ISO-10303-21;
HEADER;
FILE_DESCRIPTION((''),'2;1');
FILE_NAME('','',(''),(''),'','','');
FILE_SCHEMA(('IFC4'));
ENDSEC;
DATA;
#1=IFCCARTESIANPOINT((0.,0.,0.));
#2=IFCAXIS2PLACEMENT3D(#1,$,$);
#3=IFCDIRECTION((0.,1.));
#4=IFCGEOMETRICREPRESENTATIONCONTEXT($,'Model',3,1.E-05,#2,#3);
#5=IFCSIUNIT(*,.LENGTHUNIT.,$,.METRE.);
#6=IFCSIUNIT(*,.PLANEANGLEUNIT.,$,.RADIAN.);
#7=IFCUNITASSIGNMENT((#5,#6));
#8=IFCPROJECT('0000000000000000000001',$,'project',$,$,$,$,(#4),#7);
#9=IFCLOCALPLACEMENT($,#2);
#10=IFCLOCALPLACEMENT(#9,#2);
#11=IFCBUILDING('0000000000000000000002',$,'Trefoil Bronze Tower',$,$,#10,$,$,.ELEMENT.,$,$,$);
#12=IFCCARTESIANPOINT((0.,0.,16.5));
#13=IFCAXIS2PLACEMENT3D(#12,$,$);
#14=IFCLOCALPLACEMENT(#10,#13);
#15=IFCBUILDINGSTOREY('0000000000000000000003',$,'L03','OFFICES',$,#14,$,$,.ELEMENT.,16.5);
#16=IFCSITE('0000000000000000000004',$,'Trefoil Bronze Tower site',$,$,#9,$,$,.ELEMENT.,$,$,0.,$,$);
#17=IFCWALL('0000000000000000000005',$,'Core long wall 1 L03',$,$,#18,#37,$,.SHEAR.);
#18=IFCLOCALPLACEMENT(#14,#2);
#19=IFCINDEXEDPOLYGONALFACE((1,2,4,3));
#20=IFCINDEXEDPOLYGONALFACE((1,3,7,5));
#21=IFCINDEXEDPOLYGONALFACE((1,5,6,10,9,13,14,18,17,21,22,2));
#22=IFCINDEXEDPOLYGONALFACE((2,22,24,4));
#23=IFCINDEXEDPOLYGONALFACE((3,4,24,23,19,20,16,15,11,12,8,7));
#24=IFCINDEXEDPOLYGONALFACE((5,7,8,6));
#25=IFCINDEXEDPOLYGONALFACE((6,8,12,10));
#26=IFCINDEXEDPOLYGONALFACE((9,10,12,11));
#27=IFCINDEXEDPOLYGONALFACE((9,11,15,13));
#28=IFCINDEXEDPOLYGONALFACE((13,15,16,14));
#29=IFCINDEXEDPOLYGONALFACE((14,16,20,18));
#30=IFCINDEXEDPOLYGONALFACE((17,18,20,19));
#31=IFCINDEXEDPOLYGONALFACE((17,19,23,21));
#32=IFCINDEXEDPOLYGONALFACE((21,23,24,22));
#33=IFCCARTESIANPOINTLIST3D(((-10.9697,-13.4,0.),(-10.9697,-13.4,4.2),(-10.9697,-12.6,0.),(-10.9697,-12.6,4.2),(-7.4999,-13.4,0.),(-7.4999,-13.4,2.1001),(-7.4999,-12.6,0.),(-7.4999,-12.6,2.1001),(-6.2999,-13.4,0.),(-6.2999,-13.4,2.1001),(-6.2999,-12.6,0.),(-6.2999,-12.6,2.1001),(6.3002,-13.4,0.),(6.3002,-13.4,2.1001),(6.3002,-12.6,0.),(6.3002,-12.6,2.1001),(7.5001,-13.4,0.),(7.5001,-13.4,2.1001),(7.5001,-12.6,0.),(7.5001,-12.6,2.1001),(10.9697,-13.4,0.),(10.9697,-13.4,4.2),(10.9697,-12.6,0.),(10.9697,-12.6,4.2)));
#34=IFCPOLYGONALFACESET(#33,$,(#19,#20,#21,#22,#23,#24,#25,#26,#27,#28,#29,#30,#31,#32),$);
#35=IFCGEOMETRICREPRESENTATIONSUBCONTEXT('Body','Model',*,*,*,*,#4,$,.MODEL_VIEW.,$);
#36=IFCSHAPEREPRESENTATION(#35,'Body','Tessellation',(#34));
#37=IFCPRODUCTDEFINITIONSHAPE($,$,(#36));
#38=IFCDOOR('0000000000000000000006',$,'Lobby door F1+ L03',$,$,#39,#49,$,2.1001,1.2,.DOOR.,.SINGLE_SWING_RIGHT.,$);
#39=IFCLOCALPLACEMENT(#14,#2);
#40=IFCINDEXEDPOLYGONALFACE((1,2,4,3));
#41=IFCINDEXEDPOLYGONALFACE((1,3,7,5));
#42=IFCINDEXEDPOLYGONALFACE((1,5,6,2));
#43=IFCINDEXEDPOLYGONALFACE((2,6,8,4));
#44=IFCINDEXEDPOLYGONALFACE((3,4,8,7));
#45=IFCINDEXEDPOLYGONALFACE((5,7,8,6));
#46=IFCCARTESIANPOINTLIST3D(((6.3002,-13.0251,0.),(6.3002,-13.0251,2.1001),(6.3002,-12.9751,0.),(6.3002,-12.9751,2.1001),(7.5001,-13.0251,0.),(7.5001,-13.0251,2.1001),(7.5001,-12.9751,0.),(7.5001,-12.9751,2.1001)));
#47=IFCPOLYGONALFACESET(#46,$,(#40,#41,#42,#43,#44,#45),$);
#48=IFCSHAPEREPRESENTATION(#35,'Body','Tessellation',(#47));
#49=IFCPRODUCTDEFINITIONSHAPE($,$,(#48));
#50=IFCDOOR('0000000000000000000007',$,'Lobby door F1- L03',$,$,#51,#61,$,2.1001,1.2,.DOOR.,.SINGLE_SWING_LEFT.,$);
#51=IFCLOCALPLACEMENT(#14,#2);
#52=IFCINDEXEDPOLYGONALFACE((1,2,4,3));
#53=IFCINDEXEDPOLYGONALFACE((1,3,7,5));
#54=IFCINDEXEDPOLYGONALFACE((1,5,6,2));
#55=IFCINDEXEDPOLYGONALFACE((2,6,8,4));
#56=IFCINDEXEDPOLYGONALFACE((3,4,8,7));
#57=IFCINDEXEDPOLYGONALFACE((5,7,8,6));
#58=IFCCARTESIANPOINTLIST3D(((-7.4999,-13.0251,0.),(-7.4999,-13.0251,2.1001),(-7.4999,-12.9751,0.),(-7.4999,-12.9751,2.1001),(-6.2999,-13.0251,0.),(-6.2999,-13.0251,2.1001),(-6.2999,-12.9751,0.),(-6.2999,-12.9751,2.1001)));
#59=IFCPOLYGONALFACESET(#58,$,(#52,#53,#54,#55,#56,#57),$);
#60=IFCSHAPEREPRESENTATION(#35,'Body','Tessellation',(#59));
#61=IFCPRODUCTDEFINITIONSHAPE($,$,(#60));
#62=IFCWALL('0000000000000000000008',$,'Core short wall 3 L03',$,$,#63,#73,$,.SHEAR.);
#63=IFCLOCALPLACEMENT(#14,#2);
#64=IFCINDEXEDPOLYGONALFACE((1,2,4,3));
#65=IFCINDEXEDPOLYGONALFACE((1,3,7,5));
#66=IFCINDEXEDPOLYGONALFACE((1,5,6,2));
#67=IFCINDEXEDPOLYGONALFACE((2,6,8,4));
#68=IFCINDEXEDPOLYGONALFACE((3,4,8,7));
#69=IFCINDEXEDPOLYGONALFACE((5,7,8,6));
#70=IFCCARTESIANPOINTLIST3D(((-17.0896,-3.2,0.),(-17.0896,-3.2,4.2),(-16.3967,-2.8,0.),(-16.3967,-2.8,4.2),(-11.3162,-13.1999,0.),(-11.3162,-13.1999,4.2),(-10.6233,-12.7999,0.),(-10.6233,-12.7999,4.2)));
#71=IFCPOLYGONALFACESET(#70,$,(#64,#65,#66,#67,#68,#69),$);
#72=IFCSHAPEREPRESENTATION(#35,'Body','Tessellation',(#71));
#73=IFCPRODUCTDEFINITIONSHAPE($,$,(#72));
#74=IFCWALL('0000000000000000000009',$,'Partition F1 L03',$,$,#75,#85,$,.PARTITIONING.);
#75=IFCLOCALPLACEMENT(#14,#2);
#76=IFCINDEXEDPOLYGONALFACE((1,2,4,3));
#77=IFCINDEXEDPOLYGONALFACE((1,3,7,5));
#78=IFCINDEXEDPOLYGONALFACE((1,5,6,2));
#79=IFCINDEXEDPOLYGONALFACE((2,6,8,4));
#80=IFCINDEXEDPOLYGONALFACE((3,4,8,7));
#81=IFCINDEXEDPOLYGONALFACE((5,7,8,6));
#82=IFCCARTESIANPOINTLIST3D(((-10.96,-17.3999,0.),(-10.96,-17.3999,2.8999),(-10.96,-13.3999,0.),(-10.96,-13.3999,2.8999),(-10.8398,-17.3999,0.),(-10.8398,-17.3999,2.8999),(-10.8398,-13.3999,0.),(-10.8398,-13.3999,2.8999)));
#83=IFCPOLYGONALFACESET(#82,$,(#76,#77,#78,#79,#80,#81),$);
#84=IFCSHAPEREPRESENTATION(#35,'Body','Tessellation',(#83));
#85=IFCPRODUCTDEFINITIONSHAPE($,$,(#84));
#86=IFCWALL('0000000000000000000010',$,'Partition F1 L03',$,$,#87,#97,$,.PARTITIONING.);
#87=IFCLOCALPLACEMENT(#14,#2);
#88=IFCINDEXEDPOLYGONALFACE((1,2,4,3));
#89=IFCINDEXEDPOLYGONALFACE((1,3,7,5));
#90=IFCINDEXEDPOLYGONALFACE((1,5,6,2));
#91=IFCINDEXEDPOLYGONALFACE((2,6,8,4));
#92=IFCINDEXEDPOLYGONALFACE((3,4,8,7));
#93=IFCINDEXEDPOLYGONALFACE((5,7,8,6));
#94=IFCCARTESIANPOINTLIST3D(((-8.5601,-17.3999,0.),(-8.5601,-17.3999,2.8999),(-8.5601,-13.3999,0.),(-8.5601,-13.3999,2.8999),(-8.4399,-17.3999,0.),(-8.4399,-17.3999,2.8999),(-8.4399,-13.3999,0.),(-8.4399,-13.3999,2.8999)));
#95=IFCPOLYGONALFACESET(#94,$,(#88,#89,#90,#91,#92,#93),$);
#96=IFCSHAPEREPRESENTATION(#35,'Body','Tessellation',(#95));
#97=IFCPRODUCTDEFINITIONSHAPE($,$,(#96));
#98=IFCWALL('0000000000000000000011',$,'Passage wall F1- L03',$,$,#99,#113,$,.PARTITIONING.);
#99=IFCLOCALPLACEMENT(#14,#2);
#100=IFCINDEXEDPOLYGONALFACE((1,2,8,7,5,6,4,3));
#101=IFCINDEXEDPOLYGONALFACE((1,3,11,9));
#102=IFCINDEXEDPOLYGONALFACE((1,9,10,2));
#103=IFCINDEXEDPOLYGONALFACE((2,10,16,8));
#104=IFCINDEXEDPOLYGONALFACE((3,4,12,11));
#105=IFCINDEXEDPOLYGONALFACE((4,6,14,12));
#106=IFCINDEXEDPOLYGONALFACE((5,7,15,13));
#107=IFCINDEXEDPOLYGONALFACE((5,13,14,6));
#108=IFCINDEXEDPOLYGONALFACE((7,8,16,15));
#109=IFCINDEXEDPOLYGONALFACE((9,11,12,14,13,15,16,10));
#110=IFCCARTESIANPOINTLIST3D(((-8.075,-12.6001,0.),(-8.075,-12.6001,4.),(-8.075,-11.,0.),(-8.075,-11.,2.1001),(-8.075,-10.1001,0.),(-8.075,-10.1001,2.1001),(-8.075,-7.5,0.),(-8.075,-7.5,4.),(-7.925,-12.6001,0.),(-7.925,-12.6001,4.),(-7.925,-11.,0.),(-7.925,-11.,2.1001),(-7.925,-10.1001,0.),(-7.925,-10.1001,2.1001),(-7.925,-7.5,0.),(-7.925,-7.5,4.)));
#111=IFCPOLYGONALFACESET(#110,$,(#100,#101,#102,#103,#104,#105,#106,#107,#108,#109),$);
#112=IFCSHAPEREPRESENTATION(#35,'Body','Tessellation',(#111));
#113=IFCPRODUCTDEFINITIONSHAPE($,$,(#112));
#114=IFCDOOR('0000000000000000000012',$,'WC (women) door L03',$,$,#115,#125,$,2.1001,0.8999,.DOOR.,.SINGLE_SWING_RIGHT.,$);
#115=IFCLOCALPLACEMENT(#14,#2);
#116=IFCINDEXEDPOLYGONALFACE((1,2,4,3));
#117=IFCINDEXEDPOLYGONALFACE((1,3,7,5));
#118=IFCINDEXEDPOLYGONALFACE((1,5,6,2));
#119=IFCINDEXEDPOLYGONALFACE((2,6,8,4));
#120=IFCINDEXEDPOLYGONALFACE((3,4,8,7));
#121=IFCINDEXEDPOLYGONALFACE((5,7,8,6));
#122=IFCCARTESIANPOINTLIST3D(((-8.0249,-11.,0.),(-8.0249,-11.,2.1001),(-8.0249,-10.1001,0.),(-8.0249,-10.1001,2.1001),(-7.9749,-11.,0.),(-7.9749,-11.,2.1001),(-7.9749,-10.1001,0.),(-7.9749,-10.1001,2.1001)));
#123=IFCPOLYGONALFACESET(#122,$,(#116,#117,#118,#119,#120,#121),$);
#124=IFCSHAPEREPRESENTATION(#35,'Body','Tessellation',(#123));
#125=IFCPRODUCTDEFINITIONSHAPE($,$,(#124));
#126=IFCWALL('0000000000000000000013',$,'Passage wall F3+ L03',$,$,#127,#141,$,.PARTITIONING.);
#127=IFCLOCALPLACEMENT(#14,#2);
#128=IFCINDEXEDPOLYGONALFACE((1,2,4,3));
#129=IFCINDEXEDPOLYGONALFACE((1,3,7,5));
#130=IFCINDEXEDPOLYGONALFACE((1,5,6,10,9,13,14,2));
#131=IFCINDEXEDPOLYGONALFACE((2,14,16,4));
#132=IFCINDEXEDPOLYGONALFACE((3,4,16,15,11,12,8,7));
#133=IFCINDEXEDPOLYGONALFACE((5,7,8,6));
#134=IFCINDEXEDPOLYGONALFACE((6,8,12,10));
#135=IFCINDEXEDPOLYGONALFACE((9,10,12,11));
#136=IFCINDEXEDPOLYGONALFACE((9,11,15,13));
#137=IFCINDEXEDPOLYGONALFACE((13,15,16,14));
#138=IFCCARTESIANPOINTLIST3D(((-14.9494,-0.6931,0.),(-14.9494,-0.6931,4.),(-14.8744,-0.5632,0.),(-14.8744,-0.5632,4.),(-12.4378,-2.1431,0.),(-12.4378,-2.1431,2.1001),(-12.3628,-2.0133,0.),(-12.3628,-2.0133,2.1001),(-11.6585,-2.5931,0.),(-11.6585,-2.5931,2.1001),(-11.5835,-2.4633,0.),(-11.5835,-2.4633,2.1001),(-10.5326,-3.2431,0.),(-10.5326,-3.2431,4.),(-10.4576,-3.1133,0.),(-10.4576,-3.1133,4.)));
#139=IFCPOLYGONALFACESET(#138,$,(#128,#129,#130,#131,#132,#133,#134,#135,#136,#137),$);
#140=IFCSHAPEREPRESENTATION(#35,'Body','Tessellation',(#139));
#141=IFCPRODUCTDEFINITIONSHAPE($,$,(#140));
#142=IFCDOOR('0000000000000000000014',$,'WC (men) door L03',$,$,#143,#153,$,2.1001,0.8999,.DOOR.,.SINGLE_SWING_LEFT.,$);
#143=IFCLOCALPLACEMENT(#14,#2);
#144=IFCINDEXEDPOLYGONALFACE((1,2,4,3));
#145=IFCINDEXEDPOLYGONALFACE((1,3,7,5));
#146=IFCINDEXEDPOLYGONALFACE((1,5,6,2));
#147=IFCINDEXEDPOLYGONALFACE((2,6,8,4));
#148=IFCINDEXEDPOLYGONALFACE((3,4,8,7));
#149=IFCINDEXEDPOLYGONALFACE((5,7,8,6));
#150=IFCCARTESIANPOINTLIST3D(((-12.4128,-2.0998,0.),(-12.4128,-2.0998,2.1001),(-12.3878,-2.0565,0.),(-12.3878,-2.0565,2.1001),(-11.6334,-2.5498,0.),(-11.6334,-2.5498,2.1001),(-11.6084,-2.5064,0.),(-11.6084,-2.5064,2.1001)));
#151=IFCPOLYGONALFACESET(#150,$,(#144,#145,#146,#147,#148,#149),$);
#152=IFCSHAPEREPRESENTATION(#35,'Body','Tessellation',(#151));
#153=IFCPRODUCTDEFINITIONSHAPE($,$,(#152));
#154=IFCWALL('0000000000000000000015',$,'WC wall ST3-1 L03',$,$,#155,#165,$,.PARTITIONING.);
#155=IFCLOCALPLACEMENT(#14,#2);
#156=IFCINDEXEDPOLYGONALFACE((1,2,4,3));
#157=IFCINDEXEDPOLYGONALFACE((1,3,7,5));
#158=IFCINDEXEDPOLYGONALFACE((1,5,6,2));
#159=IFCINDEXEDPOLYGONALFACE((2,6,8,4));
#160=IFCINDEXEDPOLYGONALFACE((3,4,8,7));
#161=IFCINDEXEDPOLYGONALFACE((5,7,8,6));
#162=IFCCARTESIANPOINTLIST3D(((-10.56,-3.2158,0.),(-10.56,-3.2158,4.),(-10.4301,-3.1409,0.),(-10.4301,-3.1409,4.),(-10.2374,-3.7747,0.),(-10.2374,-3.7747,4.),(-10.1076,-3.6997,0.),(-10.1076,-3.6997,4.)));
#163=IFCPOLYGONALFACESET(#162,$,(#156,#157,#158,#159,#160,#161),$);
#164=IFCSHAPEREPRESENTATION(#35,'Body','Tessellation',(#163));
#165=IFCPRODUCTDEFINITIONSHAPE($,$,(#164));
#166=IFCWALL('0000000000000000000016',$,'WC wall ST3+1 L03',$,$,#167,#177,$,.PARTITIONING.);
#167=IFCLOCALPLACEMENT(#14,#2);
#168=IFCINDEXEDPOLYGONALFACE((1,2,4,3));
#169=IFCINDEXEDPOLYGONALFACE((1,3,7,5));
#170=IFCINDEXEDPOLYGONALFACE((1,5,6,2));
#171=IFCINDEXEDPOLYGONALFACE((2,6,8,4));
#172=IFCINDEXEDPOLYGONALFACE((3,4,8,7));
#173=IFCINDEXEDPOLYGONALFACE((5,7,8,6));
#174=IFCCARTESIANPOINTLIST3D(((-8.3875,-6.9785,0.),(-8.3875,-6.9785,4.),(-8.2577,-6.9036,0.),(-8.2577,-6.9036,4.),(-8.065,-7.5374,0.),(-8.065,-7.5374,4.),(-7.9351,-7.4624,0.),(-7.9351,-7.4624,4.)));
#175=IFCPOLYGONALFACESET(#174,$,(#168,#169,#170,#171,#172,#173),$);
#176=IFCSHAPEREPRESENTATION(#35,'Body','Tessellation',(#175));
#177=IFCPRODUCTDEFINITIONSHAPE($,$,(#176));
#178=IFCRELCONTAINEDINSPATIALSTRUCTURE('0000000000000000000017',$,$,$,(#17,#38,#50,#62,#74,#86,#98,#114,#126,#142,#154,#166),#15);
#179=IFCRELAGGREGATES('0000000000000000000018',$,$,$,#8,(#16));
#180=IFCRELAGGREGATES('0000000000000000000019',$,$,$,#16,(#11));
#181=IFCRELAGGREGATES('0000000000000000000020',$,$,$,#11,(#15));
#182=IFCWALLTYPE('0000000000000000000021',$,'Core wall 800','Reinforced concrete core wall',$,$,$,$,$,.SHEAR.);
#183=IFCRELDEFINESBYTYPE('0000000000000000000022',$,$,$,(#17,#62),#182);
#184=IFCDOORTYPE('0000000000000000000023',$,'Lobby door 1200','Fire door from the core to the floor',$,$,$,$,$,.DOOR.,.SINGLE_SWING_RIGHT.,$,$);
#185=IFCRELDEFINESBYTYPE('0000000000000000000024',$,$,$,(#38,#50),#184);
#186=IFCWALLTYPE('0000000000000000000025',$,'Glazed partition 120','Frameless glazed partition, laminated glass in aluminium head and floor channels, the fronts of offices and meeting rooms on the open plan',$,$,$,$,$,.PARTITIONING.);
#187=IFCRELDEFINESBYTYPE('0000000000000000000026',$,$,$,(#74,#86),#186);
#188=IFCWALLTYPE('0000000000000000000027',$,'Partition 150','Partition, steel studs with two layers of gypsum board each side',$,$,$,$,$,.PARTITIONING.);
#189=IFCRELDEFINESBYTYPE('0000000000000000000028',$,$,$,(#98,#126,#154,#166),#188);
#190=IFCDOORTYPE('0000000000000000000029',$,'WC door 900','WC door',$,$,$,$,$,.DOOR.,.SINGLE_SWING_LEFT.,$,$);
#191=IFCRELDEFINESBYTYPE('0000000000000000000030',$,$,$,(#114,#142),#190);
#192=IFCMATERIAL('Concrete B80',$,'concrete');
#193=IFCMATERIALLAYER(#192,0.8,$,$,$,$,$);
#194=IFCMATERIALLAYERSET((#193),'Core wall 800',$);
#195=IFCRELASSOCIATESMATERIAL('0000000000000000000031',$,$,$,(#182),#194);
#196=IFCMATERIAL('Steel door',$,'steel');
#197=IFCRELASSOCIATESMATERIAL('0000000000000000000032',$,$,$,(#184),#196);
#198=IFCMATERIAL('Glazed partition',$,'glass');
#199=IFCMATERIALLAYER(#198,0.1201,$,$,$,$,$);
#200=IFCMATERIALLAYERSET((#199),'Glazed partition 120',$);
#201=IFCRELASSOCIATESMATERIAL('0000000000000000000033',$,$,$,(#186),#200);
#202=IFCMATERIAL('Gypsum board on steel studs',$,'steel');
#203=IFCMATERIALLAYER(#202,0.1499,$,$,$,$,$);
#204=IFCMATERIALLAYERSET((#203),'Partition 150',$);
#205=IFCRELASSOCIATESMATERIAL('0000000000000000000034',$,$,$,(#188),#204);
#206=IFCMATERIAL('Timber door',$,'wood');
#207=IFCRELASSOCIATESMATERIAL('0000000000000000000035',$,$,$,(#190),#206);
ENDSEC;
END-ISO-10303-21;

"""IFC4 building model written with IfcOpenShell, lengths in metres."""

from ifc_helpers import new_model, si_unit, direction, frame, frame_2d, origin, place, context, subcontext, project, spatial, rectangle, extrude, material, layer, layer_set, type_object, element, fill, save


model = new_model("IFC4")

# Units and contexts
model_context = context("Model", 3, precision=1e-05, world=origin(), true_north=direction((0.0, 1.0)))
body_context = subcontext(model_context, "Body", "Model", "MODEL_VIEW")
ifc_project = project(units=[si_unit("LENGTHUNIT", "METRE"), si_unit("PLANEANGLEUNIT", "RADIAN")], contexts=[model_context])

# Site, building, storey
site_placement = place(None, origin())
site = spatial("IfcSite", under=ifc_project, at=site_placement, Name="Trefoil Bronze Tower site", CompositionType="ELEMENT", RefElevation=0.0)
building_placement = place(site_placement, origin())
building = spatial("IfcBuilding", under=site, at=building_placement, Name="Trefoil Bronze Tower", CompositionType="ELEMENT")
storey_placement = place(building_placement, frame((0.0, 0.0, 16.5)))
storey = spatial("IfcBuildingStorey", under=building, at=storey_placement, Name="L03", Description="OFFICES", CompositionType="ELEMENT", Elevation=16.5)

# Wall, openings, doors
ifc_material_1 = material(Name="Concrete B80", Category="concrete")
ifc_layer_1 = layer(ifc_material_1, 0.8)
ifc_layer_set_1 = layer_set([ifc_layer_1], Name="Core wall 800")
wall_type_1 = type_object("IfcWallType", Name="Core wall 800", Description="Reinforced concrete core wall", PredefinedType="SHEAR", material=ifc_layer_set_1)
wall_1_placement = place(storey_placement, frame((-10.9697, -13.0, 0.0), z_axis=(0.0, 0.0, 1.0), x_axis=(1.0, 0.0, 0.0)))
wall_1 = element("IfcWall", 1, at=wall_1_placement, inside=storey, type_object=wall_type_1, Name="Core long wall 1 L03", PredefinedType="SHEAR", context=body_context, shape_type="SweptSolid", body=[
    extrude(rectangle(XDim=21.9395, YDim=0.8, at=frame_2d((10.9697, 0.0))), origin(), (0.0, 0.0, 1.0), 4.2),
])
opening_1_placement = place(wall_1_placement, frame((17.2698, 0.0, 0.0)))
opening_1 = element("IfcOpeningElement", 2, at=opening_1_placement, cuts=wall_1, PredefinedType="OPENING", context=body_context, shape_type="SweptSolid", body=[
    extrude(rectangle(XDim=1.2, YDim=2.1001, at=frame_2d((0.6001, 1.05))), frame((0.0, 0.4099, 0.0), z_axis=(0.0, -1.0, 0.0), x_axis=(1.0, 0.0, 0.0)), (0.0, 0.0, 1.0), 0.8201),
])
opening_2_placement = place(wall_1_placement, frame((3.4697, 0.0, 0.0)))
opening_2 = element("IfcOpeningElement", 3, at=opening_2_placement, cuts=wall_1, PredefinedType="OPENING", context=body_context, shape_type="SweptSolid", body=[
    extrude(rectangle(XDim=1.2, YDim=2.1001, at=frame_2d((0.6001, 1.05))), frame((0.0, 0.4099, 0.0), z_axis=(0.0, -1.0, 0.0), x_axis=(1.0, 0.0, 0.0)), (0.0, 0.0, 1.0), 0.8201),
])
ifc_material_2 = material(Name="Steel door", Category="steel")
door_type_1 = type_object("IfcDoorType", Name="Lobby door 1200", Description="Fire door from the core to the floor", OperationType="SINGLE_SWING_RIGHT", PredefinedType="DOOR", material=ifc_material_2)
door_1_placement = place(opening_1_placement, origin())
door_1 = element("IfcDoor", 4, at=door_1_placement, inside=storey, type_object=door_type_1, Name="Lobby door F1+ L03", OperationType="SINGLE_SWING_RIGHT", OverallHeight=2.1001, OverallWidth=1.2, PredefinedType="DOOR", context=body_context, shape_type="SweptSolid", body=[
    extrude(rectangle(XDim=1.2, YDim=2.1001, at=frame_2d((0.6001, 1.05))), frame((0.0, 0.0249, 0.0), z_axis=(0.0, -1.0, 0.0), x_axis=(1.0, 0.0, 0.0)), (0.0, 0.0, 1.0), 0.05),
])
fill(opening_1, door_1)
door_2_placement = place(opening_2_placement, origin())
door_2 = element("IfcDoor", 5, at=door_2_placement, inside=storey, type_object=door_type_1, Name="Lobby door F1- L03", OperationType="SINGLE_SWING_LEFT", OverallHeight=2.1001, OverallWidth=1.2, PredefinedType="DOOR", context=body_context, shape_type="SweptSolid", body=[
    extrude(rectangle(XDim=1.2, YDim=2.1001, at=frame_2d((0.6001, 1.05))), frame((0.0, 0.0249, 0.0), z_axis=(0.0, -1.0, 0.0), x_axis=(1.0, 0.0, 0.0)), (0.0, 0.0, 1.0), 0.05),
])
fill(opening_2, door_2)

# Walls
wall_2_placement = place(storey_placement, frame((-16.7432, -3.0, 0.0), z_axis=(0.0, 0.0, 1.0), x_axis=(0.499996, -0.866028, 0.0)))
element("IfcWall", 6, at=wall_2_placement, inside=storey, type_object=wall_type_1, Name="Core short wall 3 L03", PredefinedType="SHEAR", context=body_context, shape_type="SweptSolid", body=[
    extrude(rectangle(XDim=11.5469, YDim=0.8, at=frame_2d((5.7734, 0.0))), origin(), (0.0, 0.0, 1.0), 4.2),
])
ifc_material_3 = material(Name="Glazed partition", Category="glass")
ifc_layer_2 = layer(ifc_material_3, 0.1201)
ifc_layer_set_2 = layer_set([ifc_layer_2], Name="Glazed partition 120")
wall_type_2 = type_object("IfcWallType", Name="Glazed partition 120", Description="Frameless glazed partition, laminated glass in aluminium head and floor channels, the fronts of offices and meeting rooms on the open plan", PredefinedType="PARTITIONING", material=ifc_layer_set_2)
for number, where, z_axis, x_axis, name in (
    (7, (-10.8999, -13.3999, 0.0), (0.0, 0.0, 1.0), (0.0, -1.0, 0.0), "Partition F1 L03"),
    (8, (-8.5, -13.3999, 0.0), (0.0, 0.0, 1.0), (0.0, -1.0, 0.0), "Partition F1 L03"),
):
    element("IfcWall", number, at=place(storey_placement, frame(where, z_axis=z_axis, x_axis=x_axis)), inside=storey, type_object=wall_type_2, Name=name, PredefinedType="PARTITIONING", context=body_context, shape_type="SweptSolid", body=[
        extrude(rectangle(XDim=4.0, YDim=0.1201, at=frame_2d((2.0, 0.0))), origin(), (0.0, 0.0, 1.0), 2.8999),
    ])

# Walls, openings, doors
ifc_material_4 = material(Name="Gypsum board on steel studs", Category="steel")
ifc_layer_3 = layer(ifc_material_4, 0.1499)
ifc_layer_set_3 = layer_set([ifc_layer_3], Name="Partition 150")
wall_type_3 = type_object("IfcWallType", Name="Partition 150", Description="Partition, steel studs with two layers of gypsum board each side", PredefinedType="PARTITIONING", material=ifc_layer_set_3)
wall_3_placement = place(storey_placement, frame((-8.0, -7.5, 0.0), z_axis=(0.0, 0.0, 1.0), x_axis=(0.0, -1.0, 0.0)))
wall_3 = element("IfcWall", 9, at=wall_3_placement, inside=storey, type_object=wall_type_3, Name="Passage wall F1- L03", PredefinedType="PARTITIONING", context=body_context, shape_type="SweptSolid", body=[
    extrude(rectangle(XDim=5.1001, YDim=0.1499, at=frame_2d((2.55, 0.0))), origin(), (0.0, 0.0, 1.0), 4.0),
])
opening_3_placement = place(wall_3_placement, frame((2.6001, 0.0, 0.0)))
opening_3 = element("IfcOpeningElement", 10, at=opening_3_placement, cuts=wall_3, PredefinedType="OPENING", context=body_context, shape_type="SweptSolid", body=[
    extrude(rectangle(XDim=0.8999, YDim=2.1001, at=frame_2d((0.45, 1.05))), frame((0.0, 0.085, 0.0), z_axis=(0.0, -1.0, 0.0), x_axis=(1.0, 0.0, 0.0)), (0.0, 0.0, 1.0), 0.1699),
])
ifc_material_5 = material(Name="Timber door", Category="wood")
door_type_2 = type_object("IfcDoorType", Name="WC door 900", Description="WC door", OperationType="SINGLE_SWING_LEFT", PredefinedType="DOOR", material=ifc_material_5)
door_3_placement = place(opening_3_placement, frame((0.8999, 0.0, 0.0), z_axis=(0.0, 0.0, 1.0), x_axis=(-1.0, 0.0, 0.0)))
door_3 = element("IfcDoor", 11, at=door_3_placement, inside=storey, type_object=door_type_2, Name="WC (women) door L03", OperationType="SINGLE_SWING_RIGHT", OverallHeight=2.1001, OverallWidth=0.8999, PredefinedType="DOOR", context=body_context, shape_type="SweptSolid", body=[
    extrude(rectangle(XDim=0.8999, YDim=2.1001, at=frame_2d((0.45, 1.05))), frame((0.0, 0.0249, 0.0), z_axis=(0.0, -1.0, 0.0), x_axis=(1.0, 0.0, 0.0)), (0.0, 0.0, 1.0), 0.05),
])
fill(opening_3, door_3)
wall_4_placement = place(storey_placement, frame((-10.4951, -3.1782, 0.0), z_axis=(0.0, 0.0, 1.0), x_axis=(-0.866022, 0.500006, 0.0)))
wall_4 = element("IfcWall", 12, at=wall_4_placement, inside=storey, type_object=wall_type_3, Name="Passage wall F3+ L03", PredefinedType="PARTITIONING", context=body_context, shape_type="SweptSolid", body=[
    extrude(rectangle(XDim=5.1001, YDim=0.1499, at=frame_2d((2.55, 0.0))), origin(), (0.0, 0.0, 1.0), 4.0),
])
opening_4_placement = place(wall_4_placement, frame((1.3, 0.0, 0.0)))
opening_4 = element("IfcOpeningElement", 13, at=opening_4_placement, cuts=wall_4, PredefinedType="OPENING", context=body_context, shape_type="SweptSolid", body=[
    extrude(rectangle(XDim=0.8999, YDim=2.1001, at=frame_2d((0.45, 1.05))), frame((0.0, 0.085, 0.0), z_axis=(0.0, -1.0, 0.0), x_axis=(1.0, 0.0, 0.0)), (0.0, 0.0, 1.0), 0.1699),
])
door_4_placement = place(opening_4_placement, origin())
door_4 = element("IfcDoor", 14, at=door_4_placement, inside=storey, type_object=door_type_2, Name="WC (men) door L03", OperationType="SINGLE_SWING_LEFT", OverallHeight=2.1001, OverallWidth=0.8999, PredefinedType="DOOR", context=body_context, shape_type="SweptSolid", body=[
    extrude(rectangle(XDim=0.8999, YDim=2.1001, at=frame_2d((0.45, 1.05))), frame((0.0, 0.0249, 0.0), z_axis=(0.0, -1.0, 0.0), x_axis=(1.0, 0.0, 0.0)), (0.0, 0.0, 1.0), 0.05),
])
fill(opening_4, door_4)

# Walls
for number, where, z_axis, x_axis, name in (
    (15, (-10.4951, -3.1782, 0.0), (0.0, 0.0, 1.0), (0.499843, -0.866116, 0.0), "WC wall ST3-1 L03"),
    (16, (-8.0, -7.5, 0.0), (0.0, 0.0, 1.0), (-0.499843, 0.866116, 0.0), "WC wall ST3+1 L03"),
):
    element("IfcWall", number, at=place(storey_placement, frame(where, z_axis=z_axis, x_axis=x_axis)), inside=storey, type_object=wall_type_3, Name=name, PredefinedType="PARTITIONING", context=body_context, shape_type="SweptSolid", body=[
        extrude(rectangle(XDim=0.6453, YDim=0.1499, at=frame_2d((0.3228, 0.0))), origin(), (0.0, 0.0, 1.0), 4.0),
    ])

save(model, "model.ifc")
